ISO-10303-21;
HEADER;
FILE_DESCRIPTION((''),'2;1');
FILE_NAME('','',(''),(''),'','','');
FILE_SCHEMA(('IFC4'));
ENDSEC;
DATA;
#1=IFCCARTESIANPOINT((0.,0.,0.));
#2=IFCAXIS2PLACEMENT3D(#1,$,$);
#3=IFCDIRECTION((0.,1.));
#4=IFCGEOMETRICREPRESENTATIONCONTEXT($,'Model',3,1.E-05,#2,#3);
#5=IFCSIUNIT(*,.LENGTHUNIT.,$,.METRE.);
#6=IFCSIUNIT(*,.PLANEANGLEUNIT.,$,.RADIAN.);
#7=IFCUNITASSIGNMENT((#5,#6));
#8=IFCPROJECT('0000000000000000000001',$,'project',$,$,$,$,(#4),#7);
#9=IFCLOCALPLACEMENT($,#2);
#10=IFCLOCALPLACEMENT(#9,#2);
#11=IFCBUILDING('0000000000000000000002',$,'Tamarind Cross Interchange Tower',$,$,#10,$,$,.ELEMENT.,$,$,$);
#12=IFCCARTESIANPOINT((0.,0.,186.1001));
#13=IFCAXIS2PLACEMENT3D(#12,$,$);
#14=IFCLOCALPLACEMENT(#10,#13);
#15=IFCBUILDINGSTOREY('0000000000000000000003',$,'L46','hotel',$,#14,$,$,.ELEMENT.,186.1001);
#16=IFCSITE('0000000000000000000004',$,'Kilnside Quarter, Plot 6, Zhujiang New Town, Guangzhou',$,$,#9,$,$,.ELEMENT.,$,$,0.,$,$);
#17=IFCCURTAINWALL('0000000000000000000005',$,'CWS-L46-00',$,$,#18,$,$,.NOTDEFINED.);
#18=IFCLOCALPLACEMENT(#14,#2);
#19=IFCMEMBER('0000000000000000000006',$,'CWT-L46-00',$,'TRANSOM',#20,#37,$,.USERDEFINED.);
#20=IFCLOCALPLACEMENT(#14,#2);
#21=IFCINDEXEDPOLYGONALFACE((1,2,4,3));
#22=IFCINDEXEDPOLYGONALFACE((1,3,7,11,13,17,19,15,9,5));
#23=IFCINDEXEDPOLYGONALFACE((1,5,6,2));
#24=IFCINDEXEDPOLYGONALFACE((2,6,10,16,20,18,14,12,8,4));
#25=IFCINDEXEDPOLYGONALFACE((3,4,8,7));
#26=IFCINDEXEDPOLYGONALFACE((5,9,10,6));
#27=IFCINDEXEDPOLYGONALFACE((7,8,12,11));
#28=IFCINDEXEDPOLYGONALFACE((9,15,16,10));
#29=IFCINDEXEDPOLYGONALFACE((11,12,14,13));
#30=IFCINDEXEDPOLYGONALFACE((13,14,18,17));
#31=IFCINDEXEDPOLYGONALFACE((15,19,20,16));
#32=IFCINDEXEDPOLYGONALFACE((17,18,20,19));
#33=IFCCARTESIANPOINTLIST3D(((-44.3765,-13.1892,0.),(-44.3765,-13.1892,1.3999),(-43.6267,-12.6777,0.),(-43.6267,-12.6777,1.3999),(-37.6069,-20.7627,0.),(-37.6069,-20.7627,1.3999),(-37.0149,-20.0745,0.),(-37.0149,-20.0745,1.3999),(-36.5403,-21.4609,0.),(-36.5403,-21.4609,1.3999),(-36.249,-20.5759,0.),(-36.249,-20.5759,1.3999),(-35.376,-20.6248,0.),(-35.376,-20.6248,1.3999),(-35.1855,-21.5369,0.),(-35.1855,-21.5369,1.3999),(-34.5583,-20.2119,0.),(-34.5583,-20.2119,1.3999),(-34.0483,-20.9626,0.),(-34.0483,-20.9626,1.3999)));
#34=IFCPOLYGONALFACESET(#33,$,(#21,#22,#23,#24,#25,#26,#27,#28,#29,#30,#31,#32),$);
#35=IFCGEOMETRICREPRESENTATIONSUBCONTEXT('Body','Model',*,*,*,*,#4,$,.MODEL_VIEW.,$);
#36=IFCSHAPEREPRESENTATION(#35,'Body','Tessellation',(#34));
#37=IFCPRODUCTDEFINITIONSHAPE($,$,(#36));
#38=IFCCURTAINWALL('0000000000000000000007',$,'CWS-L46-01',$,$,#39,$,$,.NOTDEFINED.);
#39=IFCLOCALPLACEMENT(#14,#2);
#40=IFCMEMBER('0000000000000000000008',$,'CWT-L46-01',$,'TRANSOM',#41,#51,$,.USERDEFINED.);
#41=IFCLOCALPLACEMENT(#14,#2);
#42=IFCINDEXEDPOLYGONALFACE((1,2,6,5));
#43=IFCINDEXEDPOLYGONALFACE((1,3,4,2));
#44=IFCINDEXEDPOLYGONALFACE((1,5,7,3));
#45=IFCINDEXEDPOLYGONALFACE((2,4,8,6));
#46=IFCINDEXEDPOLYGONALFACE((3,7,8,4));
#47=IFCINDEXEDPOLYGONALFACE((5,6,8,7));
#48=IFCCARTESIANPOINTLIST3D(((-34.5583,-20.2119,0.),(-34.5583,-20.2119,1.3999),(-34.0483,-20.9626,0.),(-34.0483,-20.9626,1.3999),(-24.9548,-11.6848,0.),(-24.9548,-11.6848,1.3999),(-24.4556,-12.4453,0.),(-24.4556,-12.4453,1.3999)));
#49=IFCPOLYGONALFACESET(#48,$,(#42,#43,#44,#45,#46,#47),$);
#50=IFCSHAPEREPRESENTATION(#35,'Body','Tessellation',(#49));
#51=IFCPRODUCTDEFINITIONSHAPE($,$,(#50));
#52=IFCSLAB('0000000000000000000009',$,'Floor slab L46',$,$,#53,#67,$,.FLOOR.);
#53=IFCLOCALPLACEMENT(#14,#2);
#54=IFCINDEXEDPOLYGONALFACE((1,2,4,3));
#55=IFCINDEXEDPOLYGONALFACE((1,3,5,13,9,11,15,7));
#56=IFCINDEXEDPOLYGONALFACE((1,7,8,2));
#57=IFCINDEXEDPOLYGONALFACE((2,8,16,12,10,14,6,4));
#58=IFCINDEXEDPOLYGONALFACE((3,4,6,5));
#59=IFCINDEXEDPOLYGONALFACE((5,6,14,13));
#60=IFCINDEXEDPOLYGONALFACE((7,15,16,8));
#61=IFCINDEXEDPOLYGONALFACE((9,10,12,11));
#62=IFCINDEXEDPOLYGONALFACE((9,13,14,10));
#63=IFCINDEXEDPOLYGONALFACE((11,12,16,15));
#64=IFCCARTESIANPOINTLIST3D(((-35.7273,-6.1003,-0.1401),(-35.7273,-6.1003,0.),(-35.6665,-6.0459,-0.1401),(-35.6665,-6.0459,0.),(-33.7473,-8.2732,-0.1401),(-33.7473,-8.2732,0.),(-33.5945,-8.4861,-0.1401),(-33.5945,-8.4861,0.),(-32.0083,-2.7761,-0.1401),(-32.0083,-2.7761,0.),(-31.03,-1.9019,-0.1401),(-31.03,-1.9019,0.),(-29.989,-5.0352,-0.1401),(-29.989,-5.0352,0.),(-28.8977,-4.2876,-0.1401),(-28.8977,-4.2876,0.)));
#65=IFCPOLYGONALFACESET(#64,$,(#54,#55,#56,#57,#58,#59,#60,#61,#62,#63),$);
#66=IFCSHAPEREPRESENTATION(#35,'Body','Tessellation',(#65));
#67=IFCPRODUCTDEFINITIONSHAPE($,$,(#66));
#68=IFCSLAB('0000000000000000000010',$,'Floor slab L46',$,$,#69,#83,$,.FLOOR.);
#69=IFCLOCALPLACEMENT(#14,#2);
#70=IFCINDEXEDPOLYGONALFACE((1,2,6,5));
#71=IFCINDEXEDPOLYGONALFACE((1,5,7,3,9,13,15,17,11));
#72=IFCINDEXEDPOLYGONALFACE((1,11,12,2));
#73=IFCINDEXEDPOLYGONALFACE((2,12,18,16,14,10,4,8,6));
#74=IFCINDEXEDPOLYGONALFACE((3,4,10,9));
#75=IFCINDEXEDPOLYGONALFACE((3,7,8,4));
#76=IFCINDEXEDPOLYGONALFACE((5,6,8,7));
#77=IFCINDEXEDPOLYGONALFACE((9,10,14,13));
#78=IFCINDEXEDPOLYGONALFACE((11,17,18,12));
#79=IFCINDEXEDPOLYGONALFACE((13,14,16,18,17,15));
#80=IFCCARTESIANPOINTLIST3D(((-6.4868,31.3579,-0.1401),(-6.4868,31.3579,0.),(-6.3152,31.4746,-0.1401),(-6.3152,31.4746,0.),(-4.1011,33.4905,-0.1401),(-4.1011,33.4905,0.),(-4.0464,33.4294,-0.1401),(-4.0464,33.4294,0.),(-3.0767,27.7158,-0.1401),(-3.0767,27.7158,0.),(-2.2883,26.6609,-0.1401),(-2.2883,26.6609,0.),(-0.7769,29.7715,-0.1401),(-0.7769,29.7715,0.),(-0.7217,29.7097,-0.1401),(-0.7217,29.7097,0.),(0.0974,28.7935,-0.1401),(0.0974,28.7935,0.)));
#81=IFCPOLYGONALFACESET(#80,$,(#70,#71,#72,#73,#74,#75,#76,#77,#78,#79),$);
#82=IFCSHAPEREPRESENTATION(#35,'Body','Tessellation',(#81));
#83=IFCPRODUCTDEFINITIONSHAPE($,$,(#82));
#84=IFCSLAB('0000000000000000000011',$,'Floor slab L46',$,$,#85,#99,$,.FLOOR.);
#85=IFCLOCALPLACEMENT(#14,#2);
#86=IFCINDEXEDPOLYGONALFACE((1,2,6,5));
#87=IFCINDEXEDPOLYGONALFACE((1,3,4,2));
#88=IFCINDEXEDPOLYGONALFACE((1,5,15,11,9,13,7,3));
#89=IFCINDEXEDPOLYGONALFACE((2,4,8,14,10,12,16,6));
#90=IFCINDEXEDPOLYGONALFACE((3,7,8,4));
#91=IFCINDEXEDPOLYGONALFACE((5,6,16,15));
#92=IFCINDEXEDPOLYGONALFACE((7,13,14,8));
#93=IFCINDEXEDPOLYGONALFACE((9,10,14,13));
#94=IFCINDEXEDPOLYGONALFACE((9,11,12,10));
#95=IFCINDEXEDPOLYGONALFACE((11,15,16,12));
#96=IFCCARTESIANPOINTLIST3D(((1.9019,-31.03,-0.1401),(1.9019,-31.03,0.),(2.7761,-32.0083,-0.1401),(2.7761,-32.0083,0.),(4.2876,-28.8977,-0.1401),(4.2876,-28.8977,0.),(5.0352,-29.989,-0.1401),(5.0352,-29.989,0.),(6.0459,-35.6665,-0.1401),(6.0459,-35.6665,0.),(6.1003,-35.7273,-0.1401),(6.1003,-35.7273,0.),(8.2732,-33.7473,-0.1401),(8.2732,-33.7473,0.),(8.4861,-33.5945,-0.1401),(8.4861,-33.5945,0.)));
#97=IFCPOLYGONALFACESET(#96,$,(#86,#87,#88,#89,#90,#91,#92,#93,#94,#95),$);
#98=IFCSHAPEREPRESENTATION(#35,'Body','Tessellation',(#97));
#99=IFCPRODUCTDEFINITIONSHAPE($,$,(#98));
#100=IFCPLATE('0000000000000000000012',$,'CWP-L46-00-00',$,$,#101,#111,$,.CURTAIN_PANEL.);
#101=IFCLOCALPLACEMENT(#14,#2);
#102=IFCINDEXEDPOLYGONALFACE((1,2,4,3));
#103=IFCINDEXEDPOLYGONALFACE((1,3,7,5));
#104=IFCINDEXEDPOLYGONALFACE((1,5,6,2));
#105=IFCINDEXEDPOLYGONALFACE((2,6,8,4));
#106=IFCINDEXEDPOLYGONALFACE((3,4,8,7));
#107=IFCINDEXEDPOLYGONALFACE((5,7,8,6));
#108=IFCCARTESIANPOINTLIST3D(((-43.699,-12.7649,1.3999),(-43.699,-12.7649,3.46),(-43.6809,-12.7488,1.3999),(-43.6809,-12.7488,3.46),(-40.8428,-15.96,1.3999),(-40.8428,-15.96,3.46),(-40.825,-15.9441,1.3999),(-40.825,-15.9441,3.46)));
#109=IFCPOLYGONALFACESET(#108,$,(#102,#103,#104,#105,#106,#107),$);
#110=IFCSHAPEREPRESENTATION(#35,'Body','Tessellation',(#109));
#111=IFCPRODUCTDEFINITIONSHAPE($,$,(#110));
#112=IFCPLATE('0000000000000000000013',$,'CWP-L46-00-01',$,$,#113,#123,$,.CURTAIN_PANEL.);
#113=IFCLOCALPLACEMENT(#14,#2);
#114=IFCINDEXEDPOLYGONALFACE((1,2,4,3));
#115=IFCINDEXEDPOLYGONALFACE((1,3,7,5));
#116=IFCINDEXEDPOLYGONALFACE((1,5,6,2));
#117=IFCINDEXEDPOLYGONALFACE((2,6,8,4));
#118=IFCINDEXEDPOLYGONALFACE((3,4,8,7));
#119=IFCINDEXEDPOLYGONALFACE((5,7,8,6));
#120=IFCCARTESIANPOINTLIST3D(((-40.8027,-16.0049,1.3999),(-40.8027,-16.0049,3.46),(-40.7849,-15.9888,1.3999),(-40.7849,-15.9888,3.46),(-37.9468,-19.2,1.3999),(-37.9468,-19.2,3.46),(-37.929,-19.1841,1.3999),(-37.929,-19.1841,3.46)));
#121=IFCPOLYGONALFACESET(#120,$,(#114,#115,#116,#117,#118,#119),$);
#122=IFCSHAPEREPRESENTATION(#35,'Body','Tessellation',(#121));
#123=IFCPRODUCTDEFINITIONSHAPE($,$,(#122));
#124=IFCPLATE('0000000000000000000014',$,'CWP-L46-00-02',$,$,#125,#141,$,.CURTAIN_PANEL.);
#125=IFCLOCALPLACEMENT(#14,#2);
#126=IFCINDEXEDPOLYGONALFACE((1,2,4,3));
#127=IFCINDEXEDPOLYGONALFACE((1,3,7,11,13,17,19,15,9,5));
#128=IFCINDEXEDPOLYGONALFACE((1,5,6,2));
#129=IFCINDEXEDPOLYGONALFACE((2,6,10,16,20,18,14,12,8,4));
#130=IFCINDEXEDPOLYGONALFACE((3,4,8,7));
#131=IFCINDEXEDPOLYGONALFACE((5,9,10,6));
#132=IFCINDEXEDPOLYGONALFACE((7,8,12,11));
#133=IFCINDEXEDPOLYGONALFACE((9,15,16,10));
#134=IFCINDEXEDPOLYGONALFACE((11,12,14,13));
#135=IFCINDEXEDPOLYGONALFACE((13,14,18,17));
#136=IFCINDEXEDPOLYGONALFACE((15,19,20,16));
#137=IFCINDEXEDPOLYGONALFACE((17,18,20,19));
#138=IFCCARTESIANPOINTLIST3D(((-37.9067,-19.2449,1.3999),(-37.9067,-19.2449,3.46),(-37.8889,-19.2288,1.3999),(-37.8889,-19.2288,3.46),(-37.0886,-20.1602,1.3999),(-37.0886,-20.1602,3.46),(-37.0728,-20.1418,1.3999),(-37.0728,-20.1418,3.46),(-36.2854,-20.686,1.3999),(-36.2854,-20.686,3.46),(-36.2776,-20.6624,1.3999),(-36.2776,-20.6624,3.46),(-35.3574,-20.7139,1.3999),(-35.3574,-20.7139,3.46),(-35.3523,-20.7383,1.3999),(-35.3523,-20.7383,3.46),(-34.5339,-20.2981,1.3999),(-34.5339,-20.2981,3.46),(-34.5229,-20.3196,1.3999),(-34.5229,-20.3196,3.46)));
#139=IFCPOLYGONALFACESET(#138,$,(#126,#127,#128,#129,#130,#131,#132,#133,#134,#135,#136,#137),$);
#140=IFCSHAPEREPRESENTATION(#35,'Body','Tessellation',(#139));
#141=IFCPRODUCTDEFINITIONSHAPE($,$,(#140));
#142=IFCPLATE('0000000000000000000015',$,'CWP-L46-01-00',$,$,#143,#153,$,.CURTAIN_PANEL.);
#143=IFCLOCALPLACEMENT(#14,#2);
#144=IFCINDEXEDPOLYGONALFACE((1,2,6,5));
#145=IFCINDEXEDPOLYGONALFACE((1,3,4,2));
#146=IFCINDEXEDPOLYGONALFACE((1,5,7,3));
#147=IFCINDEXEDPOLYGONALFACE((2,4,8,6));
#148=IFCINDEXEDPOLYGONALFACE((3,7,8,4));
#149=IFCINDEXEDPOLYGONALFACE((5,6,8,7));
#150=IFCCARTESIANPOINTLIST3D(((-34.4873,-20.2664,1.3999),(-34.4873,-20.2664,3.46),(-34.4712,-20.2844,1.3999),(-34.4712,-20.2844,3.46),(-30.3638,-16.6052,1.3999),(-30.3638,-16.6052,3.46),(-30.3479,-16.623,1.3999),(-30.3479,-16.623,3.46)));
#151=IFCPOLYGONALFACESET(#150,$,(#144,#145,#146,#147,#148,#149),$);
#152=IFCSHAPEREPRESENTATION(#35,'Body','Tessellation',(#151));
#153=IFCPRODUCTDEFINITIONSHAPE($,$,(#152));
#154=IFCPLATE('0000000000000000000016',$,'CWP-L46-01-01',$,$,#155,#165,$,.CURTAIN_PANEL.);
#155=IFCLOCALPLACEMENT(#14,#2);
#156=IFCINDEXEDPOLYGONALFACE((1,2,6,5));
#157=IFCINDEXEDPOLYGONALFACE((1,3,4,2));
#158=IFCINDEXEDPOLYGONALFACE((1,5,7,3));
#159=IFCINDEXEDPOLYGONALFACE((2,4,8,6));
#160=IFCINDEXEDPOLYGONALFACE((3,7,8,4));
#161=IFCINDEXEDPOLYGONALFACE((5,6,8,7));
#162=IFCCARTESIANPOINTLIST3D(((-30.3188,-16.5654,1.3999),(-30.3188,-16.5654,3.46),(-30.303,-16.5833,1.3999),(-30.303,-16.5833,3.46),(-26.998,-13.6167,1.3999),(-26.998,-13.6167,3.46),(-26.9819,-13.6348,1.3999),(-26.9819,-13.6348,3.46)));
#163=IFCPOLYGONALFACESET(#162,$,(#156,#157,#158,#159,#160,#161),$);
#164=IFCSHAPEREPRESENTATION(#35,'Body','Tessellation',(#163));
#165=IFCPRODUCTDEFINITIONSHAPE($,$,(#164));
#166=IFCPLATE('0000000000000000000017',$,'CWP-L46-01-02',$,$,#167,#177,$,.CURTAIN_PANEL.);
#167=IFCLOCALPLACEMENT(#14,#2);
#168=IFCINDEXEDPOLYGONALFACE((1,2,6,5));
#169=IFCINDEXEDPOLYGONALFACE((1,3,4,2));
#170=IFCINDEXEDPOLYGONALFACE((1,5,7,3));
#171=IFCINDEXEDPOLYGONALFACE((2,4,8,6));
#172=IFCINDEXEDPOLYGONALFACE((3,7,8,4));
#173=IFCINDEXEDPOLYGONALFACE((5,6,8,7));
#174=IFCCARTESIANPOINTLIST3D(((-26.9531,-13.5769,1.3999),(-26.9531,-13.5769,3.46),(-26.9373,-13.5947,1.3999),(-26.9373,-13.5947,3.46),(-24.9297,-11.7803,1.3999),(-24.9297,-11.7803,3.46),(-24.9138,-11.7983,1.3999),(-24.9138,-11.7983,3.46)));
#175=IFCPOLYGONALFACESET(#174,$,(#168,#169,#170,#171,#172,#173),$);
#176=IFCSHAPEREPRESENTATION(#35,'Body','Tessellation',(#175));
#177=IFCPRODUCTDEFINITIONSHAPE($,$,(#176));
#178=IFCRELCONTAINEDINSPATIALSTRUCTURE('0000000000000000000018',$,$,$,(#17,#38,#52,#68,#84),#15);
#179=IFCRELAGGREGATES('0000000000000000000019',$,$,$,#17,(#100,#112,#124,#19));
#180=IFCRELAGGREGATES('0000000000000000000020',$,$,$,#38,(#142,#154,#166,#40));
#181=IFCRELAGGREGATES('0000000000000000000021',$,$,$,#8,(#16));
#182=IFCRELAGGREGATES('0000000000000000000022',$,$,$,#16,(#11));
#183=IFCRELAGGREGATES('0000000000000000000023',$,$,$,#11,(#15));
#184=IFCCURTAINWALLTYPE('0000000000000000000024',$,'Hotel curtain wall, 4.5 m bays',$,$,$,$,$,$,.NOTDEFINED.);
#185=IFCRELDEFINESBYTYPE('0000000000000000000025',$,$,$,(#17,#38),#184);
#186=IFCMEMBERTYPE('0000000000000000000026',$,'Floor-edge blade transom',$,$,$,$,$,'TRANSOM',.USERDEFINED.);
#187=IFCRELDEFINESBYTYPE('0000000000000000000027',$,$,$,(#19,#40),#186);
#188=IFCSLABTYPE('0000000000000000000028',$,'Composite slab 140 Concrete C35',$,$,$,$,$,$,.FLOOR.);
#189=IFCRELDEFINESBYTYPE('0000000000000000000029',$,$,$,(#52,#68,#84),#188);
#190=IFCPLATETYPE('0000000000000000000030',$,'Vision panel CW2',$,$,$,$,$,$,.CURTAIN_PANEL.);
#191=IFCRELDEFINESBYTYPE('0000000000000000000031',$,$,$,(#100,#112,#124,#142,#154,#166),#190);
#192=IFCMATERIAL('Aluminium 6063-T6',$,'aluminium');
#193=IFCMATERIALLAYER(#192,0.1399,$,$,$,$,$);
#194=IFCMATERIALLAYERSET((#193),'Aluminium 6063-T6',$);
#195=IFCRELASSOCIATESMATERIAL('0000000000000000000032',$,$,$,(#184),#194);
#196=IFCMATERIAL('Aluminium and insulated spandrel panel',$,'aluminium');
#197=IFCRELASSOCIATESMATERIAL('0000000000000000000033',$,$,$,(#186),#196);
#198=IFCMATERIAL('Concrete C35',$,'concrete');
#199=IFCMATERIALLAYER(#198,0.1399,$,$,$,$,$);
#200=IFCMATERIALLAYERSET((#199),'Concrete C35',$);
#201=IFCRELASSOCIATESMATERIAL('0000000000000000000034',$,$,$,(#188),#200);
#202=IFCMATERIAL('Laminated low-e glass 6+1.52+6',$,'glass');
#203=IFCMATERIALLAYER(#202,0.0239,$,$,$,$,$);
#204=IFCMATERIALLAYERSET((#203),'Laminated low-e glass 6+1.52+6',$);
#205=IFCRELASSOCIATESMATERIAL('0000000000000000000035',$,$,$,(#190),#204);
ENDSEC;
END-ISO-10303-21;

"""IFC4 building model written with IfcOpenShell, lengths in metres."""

from ifc_helpers import new_model, si_unit, direction, frame, origin, place, context, subcontext, project, spatial, polyline, outline, extrude, material, layer, layer_set, type_object, element, aggregate, save


model = new_model("IFC4")

# Units and contexts
model_context = context("Model", 3, precision=1e-05, world=origin(), true_north=direction((0.0, 1.0)))
body_context = subcontext(model_context, "Body", "Model", "MODEL_VIEW")
ifc_project = project(units=[si_unit("LENGTHUNIT", "METRE"), si_unit("PLANEANGLEUNIT", "RADIAN")], contexts=[model_context])

# Site, building, storey
site_placement = place(None, origin())
site = spatial("IfcSite", under=ifc_project, at=site_placement, Name="Kilnside Quarter, Plot 6, Zhujiang New Town, Guangzhou", CompositionType="ELEMENT", RefElevation=0.0)
building_placement = place(site_placement, origin())
building = spatial("IfcBuilding", under=site, at=building_placement, Name="Tamarind Cross Interchange Tower", CompositionType="ELEMENT")
storey_placement = place(building_placement, frame((0.0, 0.0, 186.1001)))
storey = spatial("IfcBuildingStorey", under=building, at=storey_placement, Name="L46", Description="hotel", CompositionType="ELEMENT", Elevation=186.1001)

# Curtain walls, members
ifc_material_1 = material(Name="Aluminium 6063-T6", Category="aluminium")
ifc_layer_1 = layer(ifc_material_1, 0.1399)
ifc_layer_set_1 = layer_set([ifc_layer_1], Name="Aluminium 6063-T6")
curtain_wall_type = type_object("IfcCurtainWallType", Name="Hotel curtain wall, 4.5 m bays", PredefinedType="NOTDEFINED", material=ifc_layer_set_1)
curtain_wall_1_placement = place(storey_placement, origin())
curtain_wall_1 = element("IfcCurtainWall", 1, at=curtain_wall_1_placement, inside=storey, type_object=curtain_wall_type, Name="CWS-L46-00", PredefinedType="NOTDEFINED")
ifc_material_2 = material(Name="Aluminium and insulated spandrel panel", Category="aluminium")
member_type = type_object("IfcMemberType", Name="Floor-edge blade transom", ElementType="TRANSOM", PredefinedType="USERDEFINED", material=ifc_material_2)
member_1_placement = place(storey_placement, origin())
member_1 = element("IfcMember", 2, at=member_1_placement, type_object=member_type, Name="CWT-L46-00", ObjectType="TRANSOM", PredefinedType="USERDEFINED", context=body_context, shape_type="SweptSolid", body=[
    extrude(outline(polyline([(-43.6267, -12.6777), (-37.0149, -20.0745), (-36.249, -20.5759), (-35.376, -20.6248), (-34.5583, -20.2119), (-34.0483, -20.9626), (-35.1855, -21.5369), (-36.5403, -21.4609), (-37.6069, -20.7627), (-44.3765, -13.1892), (-43.6267, -12.6777)])), origin(), (0.0, 0.0, 1.0), 1.3999),
])
curtain_wall_2_placement = place(storey_placement, origin())
curtain_wall_2 = element("IfcCurtainWall", 3, at=curtain_wall_2_placement, inside=storey, type_object=curtain_wall_type, Name="CWS-L46-01", PredefinedType="NOTDEFINED")
member_2_placement = place(storey_placement, origin())
member_2 = element("IfcMember", 4, at=member_2_placement, type_object=member_type, Name="CWT-L46-01", ObjectType="TRANSOM", PredefinedType="USERDEFINED", context=body_context, shape_type="SweptSolid", body=[
    extrude(outline(polyline([(-34.5583, -20.2119), (-24.9548, -11.6848), (-24.4556, -12.4453), (-34.0483, -20.9626), (-34.5583, -20.2119)])), origin(), (0.0, 0.0, 1.0), 1.3999),
])

# Slabs
ifc_material_3 = material(Name="Concrete C35", Category="concrete")
ifc_layer_2 = layer(ifc_material_3, 0.1399)
ifc_layer_set_2 = layer_set([ifc_layer_2], Name="Concrete C35")
slab_type = type_object("IfcSlabType", Name="Composite slab 140 Concrete C35", PredefinedType="FLOOR", material=ifc_layer_set_2)
slab_1_placement = place(storey_placement, frame((0.0, 0.0, -0.1401)))
element("IfcSlab", 5, at=slab_1_placement, inside=storey, type_object=slab_type, Name="Floor slab L46", PredefinedType="FLOOR", context=body_context, shape_type="SweptSolid", body=[
    extrude(outline(polyline([(-35.7273, -6.1003), (-33.5945, -8.4861), (-28.8977, -4.2876), (-31.03, -1.9019), (-32.0083, -2.7761), (-29.989, -5.0352), (-33.7473, -8.2732), (-35.6665, -6.0459), (-35.7273, -6.1003)])), origin(), (0.0, 0.0, 1.0), 0.1401),
])
slab_2_placement = place(storey_placement, frame((0.0, 0.0, -0.1401)))
element("IfcSlab", 6, at=slab_2_placement, inside=storey, type_object=slab_type, Name="Floor slab L46", PredefinedType="FLOOR", context=body_context, shape_type="SweptSolid", body=[
    extrude(outline(polyline([(-2.2883, 26.6609), (0.0974, 28.7935), (-0.7217, 29.7097), (-0.7769, 29.7715), (-3.0767, 27.7158), (-6.3152, 31.4746), (-4.0464, 33.4294), (-4.1011, 33.4905), (-6.4868, 31.3579), (-2.2883, 26.6609)])), origin(), (0.0, 0.0, 1.0), 0.1401),
])
slab_3_placement = place(storey_placement, frame((0.0, 0.0, -0.1401)))
element("IfcSlab", 7, at=slab_3_placement, inside=storey, type_object=slab_type, Name="Floor slab L46", PredefinedType="FLOOR", context=body_context, shape_type="SweptSolid", body=[
    extrude(outline(polyline([(6.1003, -35.7273), (8.4861, -33.5945), (4.2876, -28.8977), (1.9019, -31.03), (2.7761, -32.0083), (5.0352, -29.989), (8.2732, -33.7473), (6.0459, -35.6665), (6.1003, -35.7273)])), origin(), (0.0, 0.0, 1.0), 0.1401),
])

# Plates
ifc_material_4 = material(Name="Laminated low-e glass 6+1.52+6", Category="glass")
ifc_layer_3 = layer(ifc_material_4, 0.0239)
ifc_layer_set_3 = layer_set([ifc_layer_3], Name="Laminated low-e glass 6+1.52+6")
plate_type = type_object("IfcPlateType", Name="Vision panel CW2", PredefinedType="CURTAIN_PANEL", material=ifc_layer_set_3)
plate_1_placement = place(storey_placement, frame((0.0, 0.0, 1.3999)))
plate_1 = element("IfcPlate", 8, at=plate_1_placement, type_object=plate_type, Name="CWP-L46-00-00", PredefinedType="CURTAIN_PANEL", context=body_context, shape_type="SweptSolid", body=[
    extrude(outline(polyline([(-43.6809, -12.7488), (-40.825, -15.9441), (-40.8428, -15.96), (-43.699, -12.7649), (-43.6809, -12.7488)])), origin(), (0.0, 0.0, 1.0), 2.0601),
])
plate_2_placement = place(storey_placement, frame((0.0, 0.0, 1.3999)))
plate_2 = element("IfcPlate", 9, at=plate_2_placement, type_object=plate_type, Name="CWP-L46-00-01", PredefinedType="CURTAIN_PANEL", context=body_context, shape_type="SweptSolid", body=[
    extrude(outline(polyline([(-40.7849, -15.9888), (-37.929, -19.1841), (-37.9468, -19.2), (-40.8027, -16.0049), (-40.7849, -15.9888)])), origin(), (0.0, 0.0, 1.0), 2.0601),
])
plate_3_placement = place(storey_placement, frame((0.0, 0.0, 1.3999)))
plate_3 = element("IfcPlate", 10, at=plate_3_placement, type_object=plate_type, Name="CWP-L46-00-02", PredefinedType="CURTAIN_PANEL", context=body_context, shape_type="SweptSolid", body=[
    extrude(outline(polyline([(-37.8889, -19.2288), (-37.0728, -20.1418), (-36.2776, -20.6624), (-35.3574, -20.7139), (-34.5339, -20.2981), (-34.5229, -20.3196), (-35.3523, -20.7383), (-36.2854, -20.686), (-37.0886, -20.1602), (-37.9067, -19.2449), (-37.8889, -19.2288)])), origin(), (0.0, 0.0, 1.0), 2.0601),
])
aggregate(curtain_wall_1, [plate_1, plate_2, plate_3, member_1])
plate_4_placement = place(storey_placement, frame((0.0, 0.0, 1.3999)))
plate_4 = element("IfcPlate", 11, at=plate_4_placement, type_object=plate_type, Name="CWP-L46-01-00", PredefinedType="CURTAIN_PANEL", context=body_context, shape_type="SweptSolid", body=[
    extrude(outline(polyline([(-34.4873, -20.2664), (-30.3638, -16.6052), (-30.3479, -16.623), (-34.4712, -20.2844), (-34.4873, -20.2664)])), origin(), (0.0, 0.0, 1.0), 2.0601),
])
plate_5_placement = place(storey_placement, frame((0.0, 0.0, 1.3999)))
plate_5 = element("IfcPlate", 12, at=plate_5_placement, type_object=plate_type, Name="CWP-L46-01-01", PredefinedType="CURTAIN_PANEL", context=body_context, shape_type="SweptSolid", body=[
    extrude(outline(polyline([(-30.3188, -16.5654), (-26.998, -13.6167), (-26.9819, -13.6348), (-30.303, -16.5833), (-30.3188, -16.5654)])), origin(), (0.0, 0.0, 1.0), 2.0601),
])
plate_6_placement = place(storey_placement, frame((0.0, 0.0, 1.3999)))
plate_6 = element("IfcPlate", 13, at=plate_6_placement, type_object=plate_type, Name="CWP-L46-01-02", PredefinedType="CURTAIN_PANEL", context=body_context, shape_type="SweptSolid", body=[
    extrude(outline(polyline([(-26.9531, -13.5769), (-24.9297, -11.7803), (-24.9138, -11.7983), (-26.9373, -13.5947), (-26.9531, -13.5769)])), origin(), (0.0, 0.0, 1.0), 2.0601),
])
aggregate(curtain_wall_2, [plate_4, plate_5, plate_6, member_2])

save(model, "model.ifc")
